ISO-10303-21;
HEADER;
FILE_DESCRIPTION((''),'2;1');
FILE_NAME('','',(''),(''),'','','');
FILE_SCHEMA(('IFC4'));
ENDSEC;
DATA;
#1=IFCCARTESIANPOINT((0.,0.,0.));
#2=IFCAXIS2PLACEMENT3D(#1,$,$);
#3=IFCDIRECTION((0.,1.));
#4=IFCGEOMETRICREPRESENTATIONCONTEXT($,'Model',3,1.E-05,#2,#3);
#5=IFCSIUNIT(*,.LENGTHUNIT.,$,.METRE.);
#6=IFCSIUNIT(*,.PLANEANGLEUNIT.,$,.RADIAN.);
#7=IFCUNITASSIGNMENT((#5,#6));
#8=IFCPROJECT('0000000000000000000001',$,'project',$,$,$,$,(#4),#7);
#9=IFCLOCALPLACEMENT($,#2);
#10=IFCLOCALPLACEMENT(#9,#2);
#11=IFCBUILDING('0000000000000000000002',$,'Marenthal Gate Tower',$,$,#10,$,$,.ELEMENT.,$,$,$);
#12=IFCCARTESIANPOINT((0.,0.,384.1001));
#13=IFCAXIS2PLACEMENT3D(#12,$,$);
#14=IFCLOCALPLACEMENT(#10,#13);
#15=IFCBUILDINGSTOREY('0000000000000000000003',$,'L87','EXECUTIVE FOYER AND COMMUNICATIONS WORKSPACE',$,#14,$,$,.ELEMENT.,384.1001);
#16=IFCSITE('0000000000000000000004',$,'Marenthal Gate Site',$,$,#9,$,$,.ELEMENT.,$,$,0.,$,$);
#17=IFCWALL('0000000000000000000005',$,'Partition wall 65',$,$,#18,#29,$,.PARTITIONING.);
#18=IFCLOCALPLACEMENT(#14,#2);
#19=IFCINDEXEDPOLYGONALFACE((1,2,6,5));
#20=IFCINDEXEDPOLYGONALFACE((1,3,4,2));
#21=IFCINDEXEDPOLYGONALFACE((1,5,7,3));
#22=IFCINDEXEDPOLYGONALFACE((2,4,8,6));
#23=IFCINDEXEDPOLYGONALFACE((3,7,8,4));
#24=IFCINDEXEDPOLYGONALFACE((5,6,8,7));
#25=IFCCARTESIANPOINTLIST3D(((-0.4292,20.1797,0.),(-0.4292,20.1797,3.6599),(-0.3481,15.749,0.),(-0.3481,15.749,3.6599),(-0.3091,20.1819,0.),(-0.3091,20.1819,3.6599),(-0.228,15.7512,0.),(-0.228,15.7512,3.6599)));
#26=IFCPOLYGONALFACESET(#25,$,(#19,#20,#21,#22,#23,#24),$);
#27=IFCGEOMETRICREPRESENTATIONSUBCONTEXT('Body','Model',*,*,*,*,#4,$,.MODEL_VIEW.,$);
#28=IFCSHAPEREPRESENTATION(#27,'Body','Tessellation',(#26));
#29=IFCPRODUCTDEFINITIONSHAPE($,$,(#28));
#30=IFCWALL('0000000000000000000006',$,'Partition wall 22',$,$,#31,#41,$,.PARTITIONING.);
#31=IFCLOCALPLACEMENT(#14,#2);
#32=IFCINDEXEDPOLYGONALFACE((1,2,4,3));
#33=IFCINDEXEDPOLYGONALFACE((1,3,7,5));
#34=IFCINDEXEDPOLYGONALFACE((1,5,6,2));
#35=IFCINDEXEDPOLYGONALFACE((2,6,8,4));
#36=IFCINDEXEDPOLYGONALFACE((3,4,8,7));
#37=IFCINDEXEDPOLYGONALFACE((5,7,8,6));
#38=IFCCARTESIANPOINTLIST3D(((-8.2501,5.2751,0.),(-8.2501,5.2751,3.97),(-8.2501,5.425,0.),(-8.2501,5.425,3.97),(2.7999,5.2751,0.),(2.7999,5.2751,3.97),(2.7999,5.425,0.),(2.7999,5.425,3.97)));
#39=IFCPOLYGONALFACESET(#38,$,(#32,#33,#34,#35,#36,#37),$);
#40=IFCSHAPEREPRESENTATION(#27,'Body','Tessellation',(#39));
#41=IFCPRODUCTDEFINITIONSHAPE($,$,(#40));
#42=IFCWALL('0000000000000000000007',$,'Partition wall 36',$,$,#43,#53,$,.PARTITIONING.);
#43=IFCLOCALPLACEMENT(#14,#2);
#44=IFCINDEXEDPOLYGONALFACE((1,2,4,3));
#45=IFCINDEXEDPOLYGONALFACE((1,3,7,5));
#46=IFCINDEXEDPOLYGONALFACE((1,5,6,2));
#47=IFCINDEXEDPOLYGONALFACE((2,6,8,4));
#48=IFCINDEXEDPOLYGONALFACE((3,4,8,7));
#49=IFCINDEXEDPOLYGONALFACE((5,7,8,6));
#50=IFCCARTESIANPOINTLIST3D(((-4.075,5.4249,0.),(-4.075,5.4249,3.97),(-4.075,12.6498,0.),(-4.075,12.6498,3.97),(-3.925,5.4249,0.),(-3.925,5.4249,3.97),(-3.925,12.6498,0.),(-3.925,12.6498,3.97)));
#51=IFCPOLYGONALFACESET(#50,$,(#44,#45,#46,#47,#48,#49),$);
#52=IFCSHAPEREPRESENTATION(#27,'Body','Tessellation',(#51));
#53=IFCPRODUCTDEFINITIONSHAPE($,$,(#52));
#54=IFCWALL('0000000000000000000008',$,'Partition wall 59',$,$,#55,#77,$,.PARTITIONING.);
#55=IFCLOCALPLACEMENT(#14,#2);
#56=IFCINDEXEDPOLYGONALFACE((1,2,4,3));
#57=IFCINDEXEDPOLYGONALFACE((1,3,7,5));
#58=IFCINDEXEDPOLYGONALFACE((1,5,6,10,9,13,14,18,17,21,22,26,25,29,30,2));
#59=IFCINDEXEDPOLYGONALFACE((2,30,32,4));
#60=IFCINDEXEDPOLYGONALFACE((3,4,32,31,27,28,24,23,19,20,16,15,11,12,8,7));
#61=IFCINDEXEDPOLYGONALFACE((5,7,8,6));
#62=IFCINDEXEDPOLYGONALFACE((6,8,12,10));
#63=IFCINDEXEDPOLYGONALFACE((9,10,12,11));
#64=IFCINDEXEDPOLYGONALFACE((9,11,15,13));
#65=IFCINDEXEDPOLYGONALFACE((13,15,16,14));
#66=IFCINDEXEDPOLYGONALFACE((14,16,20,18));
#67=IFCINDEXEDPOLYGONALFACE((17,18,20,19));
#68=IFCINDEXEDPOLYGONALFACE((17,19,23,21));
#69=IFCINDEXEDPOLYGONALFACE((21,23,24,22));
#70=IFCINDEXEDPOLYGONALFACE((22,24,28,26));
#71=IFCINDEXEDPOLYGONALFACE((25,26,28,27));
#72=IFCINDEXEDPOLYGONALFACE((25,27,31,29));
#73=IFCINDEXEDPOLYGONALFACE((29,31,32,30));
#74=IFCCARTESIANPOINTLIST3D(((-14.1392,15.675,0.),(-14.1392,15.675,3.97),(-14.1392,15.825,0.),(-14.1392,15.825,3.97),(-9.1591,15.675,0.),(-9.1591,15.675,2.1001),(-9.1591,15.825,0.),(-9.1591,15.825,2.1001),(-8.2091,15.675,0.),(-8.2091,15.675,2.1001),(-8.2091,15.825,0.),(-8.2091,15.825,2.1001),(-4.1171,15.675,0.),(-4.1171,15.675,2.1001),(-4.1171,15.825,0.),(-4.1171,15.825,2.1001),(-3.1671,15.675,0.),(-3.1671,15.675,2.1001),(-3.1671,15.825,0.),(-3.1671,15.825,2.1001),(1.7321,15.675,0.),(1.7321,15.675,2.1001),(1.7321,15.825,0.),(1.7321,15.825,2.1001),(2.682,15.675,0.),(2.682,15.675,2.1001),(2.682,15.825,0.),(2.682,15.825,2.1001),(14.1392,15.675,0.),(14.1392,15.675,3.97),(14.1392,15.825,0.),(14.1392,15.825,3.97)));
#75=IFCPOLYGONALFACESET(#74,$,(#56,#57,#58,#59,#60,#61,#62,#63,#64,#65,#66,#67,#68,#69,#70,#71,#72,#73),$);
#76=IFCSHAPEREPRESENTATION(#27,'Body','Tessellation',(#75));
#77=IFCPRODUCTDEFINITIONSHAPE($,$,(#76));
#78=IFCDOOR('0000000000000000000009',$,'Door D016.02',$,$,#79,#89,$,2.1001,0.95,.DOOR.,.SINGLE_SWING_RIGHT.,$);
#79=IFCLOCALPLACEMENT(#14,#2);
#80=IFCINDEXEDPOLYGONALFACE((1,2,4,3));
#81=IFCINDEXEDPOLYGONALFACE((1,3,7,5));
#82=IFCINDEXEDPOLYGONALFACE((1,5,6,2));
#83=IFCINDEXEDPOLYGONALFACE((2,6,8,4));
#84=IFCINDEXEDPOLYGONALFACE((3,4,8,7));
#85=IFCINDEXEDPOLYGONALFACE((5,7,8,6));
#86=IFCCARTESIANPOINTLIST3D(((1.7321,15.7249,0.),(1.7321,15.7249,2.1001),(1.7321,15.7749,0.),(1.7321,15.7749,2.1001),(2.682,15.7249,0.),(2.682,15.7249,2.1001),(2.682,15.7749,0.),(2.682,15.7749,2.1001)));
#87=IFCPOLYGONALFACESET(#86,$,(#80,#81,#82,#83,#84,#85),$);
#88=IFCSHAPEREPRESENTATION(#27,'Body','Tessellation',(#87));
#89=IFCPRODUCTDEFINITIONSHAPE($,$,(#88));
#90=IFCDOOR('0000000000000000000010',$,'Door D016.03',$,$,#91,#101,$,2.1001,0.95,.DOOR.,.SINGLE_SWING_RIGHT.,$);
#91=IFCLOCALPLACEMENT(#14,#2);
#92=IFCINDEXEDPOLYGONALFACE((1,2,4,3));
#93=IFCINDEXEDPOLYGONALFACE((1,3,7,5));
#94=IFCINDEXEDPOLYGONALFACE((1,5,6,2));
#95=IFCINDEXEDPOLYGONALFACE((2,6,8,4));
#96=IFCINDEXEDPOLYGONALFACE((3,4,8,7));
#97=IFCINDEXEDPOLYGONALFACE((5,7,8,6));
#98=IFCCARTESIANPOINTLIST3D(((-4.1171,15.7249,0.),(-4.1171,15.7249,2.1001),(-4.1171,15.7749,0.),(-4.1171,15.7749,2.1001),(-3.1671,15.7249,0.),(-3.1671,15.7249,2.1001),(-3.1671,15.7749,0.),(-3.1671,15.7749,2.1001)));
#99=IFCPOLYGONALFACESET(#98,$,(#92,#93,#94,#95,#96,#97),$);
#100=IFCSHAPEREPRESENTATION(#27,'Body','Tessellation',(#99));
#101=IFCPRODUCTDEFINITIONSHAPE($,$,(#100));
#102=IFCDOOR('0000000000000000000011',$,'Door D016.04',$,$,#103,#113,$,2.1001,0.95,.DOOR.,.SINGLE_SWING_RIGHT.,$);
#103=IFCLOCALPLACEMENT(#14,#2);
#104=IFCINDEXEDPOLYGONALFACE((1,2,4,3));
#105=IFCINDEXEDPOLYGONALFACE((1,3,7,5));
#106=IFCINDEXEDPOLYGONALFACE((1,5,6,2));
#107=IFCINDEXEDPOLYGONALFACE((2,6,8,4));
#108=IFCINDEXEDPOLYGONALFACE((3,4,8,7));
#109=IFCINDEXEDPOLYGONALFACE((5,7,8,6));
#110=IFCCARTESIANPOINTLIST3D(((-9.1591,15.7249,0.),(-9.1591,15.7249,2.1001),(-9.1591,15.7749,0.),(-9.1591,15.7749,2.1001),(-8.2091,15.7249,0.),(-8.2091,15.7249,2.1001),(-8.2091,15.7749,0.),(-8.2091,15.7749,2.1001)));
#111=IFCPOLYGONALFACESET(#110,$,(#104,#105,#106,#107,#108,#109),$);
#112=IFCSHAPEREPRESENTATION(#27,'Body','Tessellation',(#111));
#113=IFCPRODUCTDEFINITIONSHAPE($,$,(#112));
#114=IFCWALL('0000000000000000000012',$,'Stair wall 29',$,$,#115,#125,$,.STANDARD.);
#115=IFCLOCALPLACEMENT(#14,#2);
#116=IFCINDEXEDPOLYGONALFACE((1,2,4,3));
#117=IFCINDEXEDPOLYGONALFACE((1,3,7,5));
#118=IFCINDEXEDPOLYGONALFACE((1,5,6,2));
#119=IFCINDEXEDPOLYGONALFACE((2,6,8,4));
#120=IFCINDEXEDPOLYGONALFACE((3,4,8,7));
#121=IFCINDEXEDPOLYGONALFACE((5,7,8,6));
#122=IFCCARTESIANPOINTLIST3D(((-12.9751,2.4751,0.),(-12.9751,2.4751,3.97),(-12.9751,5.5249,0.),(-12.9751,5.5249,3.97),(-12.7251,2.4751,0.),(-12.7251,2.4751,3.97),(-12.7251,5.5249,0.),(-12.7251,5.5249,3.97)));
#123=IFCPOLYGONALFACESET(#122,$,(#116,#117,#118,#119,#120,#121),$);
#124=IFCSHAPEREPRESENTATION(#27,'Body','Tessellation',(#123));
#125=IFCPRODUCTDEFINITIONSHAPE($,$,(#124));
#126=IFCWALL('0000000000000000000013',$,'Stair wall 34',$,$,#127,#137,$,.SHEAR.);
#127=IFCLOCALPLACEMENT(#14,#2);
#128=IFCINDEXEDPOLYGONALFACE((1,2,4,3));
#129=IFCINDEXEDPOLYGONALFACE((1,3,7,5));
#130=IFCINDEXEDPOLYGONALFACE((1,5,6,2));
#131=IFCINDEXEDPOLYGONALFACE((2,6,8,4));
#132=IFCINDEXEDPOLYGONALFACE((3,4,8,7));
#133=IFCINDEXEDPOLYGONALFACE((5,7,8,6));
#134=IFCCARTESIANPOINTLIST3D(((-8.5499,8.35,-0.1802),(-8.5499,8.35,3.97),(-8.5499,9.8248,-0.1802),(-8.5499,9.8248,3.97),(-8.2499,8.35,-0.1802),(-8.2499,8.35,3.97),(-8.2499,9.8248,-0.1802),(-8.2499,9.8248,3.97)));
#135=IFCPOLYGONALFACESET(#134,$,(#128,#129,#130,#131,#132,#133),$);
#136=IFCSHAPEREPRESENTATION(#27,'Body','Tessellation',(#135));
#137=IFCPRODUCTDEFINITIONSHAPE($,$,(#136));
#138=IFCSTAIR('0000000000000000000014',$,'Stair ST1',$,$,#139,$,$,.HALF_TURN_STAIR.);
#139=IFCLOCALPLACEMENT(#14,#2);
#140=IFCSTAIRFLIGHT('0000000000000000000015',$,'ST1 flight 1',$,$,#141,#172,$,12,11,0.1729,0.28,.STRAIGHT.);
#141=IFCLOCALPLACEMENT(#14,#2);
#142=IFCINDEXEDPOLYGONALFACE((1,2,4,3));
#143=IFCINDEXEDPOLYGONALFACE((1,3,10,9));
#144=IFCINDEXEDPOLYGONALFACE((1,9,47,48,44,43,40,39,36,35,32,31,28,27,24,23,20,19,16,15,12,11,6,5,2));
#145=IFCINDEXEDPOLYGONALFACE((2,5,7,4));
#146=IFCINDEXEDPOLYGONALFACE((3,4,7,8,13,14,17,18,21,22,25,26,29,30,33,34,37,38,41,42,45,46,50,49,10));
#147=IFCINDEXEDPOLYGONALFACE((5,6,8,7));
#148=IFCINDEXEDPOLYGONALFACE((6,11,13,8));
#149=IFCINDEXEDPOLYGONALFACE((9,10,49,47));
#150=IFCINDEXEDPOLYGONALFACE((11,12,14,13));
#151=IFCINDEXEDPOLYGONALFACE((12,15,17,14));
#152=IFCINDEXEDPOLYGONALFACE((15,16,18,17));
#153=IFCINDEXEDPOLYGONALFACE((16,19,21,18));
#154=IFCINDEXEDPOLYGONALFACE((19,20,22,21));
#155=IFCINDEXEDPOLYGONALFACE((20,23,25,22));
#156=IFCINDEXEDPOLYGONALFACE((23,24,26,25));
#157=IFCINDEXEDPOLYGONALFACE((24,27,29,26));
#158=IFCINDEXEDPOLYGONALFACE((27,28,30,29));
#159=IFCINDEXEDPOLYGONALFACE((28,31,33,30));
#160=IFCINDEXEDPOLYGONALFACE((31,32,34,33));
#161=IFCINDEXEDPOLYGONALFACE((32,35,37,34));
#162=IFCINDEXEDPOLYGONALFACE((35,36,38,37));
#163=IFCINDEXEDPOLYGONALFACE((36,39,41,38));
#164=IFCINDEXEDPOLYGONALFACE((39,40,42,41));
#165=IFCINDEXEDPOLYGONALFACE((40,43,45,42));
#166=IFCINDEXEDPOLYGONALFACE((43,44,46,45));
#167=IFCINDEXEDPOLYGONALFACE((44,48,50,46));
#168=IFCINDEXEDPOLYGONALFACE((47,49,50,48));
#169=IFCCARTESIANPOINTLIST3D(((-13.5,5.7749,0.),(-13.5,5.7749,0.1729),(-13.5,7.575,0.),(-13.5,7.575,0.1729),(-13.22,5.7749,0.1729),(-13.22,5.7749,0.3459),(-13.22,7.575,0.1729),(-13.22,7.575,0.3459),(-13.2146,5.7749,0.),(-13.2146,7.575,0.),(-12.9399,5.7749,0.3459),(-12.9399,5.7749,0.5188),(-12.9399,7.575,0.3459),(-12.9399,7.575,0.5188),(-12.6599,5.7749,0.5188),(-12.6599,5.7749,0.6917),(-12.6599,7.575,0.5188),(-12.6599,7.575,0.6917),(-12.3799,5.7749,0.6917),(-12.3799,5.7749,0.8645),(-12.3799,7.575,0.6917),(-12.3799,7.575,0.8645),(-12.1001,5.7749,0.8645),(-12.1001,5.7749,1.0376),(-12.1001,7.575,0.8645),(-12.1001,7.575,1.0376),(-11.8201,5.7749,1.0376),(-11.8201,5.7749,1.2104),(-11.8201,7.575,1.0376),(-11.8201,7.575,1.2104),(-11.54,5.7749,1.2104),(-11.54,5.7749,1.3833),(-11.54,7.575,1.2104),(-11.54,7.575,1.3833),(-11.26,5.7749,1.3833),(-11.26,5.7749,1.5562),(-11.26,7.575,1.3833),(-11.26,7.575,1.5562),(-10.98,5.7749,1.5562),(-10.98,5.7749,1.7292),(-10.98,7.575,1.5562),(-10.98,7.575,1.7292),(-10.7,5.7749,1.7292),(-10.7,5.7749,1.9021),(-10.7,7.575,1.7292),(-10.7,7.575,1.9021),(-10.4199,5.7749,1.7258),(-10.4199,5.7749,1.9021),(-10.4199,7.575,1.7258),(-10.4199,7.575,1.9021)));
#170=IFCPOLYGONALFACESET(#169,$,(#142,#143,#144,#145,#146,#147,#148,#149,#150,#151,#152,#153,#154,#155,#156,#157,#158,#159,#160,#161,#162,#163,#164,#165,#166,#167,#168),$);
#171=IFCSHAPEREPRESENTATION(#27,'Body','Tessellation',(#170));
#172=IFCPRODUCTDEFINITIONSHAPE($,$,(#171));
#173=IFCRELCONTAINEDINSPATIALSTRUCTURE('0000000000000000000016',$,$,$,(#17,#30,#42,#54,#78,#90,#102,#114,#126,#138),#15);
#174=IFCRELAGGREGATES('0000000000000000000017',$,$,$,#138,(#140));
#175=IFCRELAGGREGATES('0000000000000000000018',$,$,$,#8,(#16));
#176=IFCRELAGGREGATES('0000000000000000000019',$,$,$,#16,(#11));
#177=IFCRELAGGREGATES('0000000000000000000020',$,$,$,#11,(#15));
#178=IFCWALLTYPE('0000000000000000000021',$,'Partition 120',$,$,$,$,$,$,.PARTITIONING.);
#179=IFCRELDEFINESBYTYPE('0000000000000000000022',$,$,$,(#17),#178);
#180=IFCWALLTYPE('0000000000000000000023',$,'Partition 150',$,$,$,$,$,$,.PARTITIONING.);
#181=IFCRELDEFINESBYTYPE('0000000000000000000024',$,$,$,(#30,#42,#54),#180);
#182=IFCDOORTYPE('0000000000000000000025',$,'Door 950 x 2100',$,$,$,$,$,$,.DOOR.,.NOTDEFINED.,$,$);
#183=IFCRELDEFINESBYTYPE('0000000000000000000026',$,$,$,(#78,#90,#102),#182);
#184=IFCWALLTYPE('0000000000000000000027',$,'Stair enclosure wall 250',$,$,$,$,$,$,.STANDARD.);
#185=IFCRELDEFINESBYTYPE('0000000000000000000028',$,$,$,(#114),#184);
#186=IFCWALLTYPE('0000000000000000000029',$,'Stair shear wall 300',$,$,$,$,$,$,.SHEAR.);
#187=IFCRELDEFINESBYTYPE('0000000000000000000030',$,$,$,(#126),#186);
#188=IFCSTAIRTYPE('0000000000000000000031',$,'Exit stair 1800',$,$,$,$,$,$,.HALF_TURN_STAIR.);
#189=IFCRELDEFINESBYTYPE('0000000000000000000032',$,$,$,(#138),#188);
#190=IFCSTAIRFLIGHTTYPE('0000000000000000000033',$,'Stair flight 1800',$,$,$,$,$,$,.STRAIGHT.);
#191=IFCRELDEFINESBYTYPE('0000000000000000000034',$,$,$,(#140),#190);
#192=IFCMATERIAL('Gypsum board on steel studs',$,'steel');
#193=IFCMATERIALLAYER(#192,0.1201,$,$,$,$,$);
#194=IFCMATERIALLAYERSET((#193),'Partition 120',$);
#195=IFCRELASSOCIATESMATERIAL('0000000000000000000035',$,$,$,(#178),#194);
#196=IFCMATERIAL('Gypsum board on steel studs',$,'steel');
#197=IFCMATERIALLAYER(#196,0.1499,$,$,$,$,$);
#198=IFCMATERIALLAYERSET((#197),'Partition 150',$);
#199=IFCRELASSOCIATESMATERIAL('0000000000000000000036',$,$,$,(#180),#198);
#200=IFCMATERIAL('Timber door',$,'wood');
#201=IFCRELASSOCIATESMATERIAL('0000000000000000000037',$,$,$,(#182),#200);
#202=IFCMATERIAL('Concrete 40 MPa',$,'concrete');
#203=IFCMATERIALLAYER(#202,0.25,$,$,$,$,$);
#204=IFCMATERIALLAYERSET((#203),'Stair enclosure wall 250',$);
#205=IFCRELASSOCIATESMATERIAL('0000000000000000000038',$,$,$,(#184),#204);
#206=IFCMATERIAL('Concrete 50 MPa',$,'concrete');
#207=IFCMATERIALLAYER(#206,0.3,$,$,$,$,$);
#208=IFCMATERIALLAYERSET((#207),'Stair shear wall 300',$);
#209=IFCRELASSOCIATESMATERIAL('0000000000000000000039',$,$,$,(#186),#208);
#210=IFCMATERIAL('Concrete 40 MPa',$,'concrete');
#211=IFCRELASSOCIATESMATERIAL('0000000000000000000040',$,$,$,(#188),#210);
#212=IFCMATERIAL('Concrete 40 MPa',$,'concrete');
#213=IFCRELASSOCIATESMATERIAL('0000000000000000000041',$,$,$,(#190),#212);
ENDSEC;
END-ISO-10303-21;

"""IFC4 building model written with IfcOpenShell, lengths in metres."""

from ifc_helpers import new_model, si_unit, direction, frame, frame_2d, origin, place, context, subcontext, project, spatial, polyline, rectangle, outline, extrude, material, layer, layer_set, type_object, element, fill, aggregate, save


model = new_model("IFC4")

# Units and contexts
model_context = context("Model", 3, precision=1e-05, world=origin(), true_north=direction((0.0, 1.0)))
body_context = subcontext(model_context, "Body", "Model", "MODEL_VIEW")
ifc_project = project(units=[si_unit("LENGTHUNIT", "METRE"), si_unit("PLANEANGLEUNIT", "RADIAN")], contexts=[model_context])

# Site, building, storey
site_placement = place(None, origin())
site = spatial("IfcSite", under=ifc_project, at=site_placement, Name="Marenthal Gate Site", CompositionType="ELEMENT", RefElevation=0.0)
building_placement = place(site_placement, origin())
building = spatial("IfcBuilding", under=site, at=building_placement, Name="Marenthal Gate Tower", CompositionType="ELEMENT")
storey_placement = place(building_placement, frame((0.0, 0.0, 384.1001)))
storey = spatial("IfcBuildingStorey", under=building, at=storey_placement, Name="L87", Description="EXECUTIVE FOYER AND COMMUNICATIONS WORKSPACE", CompositionType="ELEMENT", Elevation=384.1001)

# Walls
ifc_material_1 = material(Name="Gypsum board on steel studs", Category="steel")
ifc_layer_1 = layer(ifc_material_1, 0.1201)
ifc_layer_set_1 = layer_set([ifc_layer_1], Name="Partition 120")
wall_type_1 = type_object("IfcWallType", Name="Partition 120", PredefinedType="PARTITIONING", material=ifc_layer_set_1)
wall_1_placement = place(storey_placement, frame((-0.2881, 15.75, 0.0), z_axis=(0.0, 0.0, 1.0), x_axis=(-0.018291, 0.999833, 0.0)))
element("IfcWall", 1, at=wall_1_placement, inside=storey, type_object=wall_type_1, Name="Partition wall 65", PredefinedType="PARTITIONING", context=body_context, shape_type="SweptSolid", body=[
    extrude(rectangle(XDim=4.4314, YDim=0.1201, at=frame_2d((2.2158, 0.0))), origin(), (0.0, 0.0, 1.0), 3.6599),
])
ifc_material_2 = material(Name="Gypsum board on steel studs", Category="steel")
ifc_layer_2 = layer(ifc_material_2, 0.1499)
ifc_layer_set_2 = layer_set([ifc_layer_2], Name="Partition 150")
wall_type_2 = type_object("IfcWallType", Name="Partition 150", PredefinedType="PARTITIONING", material=ifc_layer_set_2)
wall_2_placement = place(storey_placement, frame((-8.25, 5.3501, 0.0), z_axis=(0.0, 0.0, 1.0), x_axis=(1.0, 0.0, 0.0)))
element("IfcWall", 2, at=wall_2_placement, inside=storey, type_object=wall_type_2, Name="Partition wall 22", PredefinedType="PARTITIONING", context=body_context, shape_type="SweptSolid", body=[
    extrude(rectangle(XDim=11.05, YDim=0.1499, at=frame_2d((5.5249, 0.0))), origin(), (0.0, 0.0, 1.0), 3.97),
])
wall_3_placement = place(storey_placement, frame((-4.0, 5.425, 0.0), z_axis=(0.0, 0.0, 1.0), x_axis=(0.0, 1.0, 0.0)))
element("IfcWall", 3, at=wall_3_placement, inside=storey, type_object=wall_type_2, Name="Partition wall 36", PredefinedType="PARTITIONING", context=body_context, shape_type="SweptSolid", body=[
    extrude(rectangle(XDim=7.2249, YDim=0.1499, at=frame_2d((3.6123, 0.0))), origin(), (0.0, 0.0, 1.0), 3.97),
])

# Wall, openings, doors
wall_4_placement = place(storey_placement, frame((-14.1392, 15.75, 0.0), z_axis=(0.0, 0.0, 1.0), x_axis=(1.0, 0.0, 0.0)))
wall_4 = element("IfcWall", 4, at=wall_4_placement, inside=storey, type_object=wall_type_2, Name="Partition wall 59", PredefinedType="PARTITIONING", context=body_context, shape_type="SweptSolid", body=[
    extrude(rectangle(XDim=28.2783, YDim=0.1499, at=frame_2d((14.1392, 0.0))), origin(), (0.0, 0.0, 1.0), 3.97),
])
opening_1_placement = place(wall_4_placement, frame((15.8711, 0.0, 0.0)))
opening_1 = element("IfcOpeningElement", 5, at=opening_1_placement, cuts=wall_4, PredefinedType="OPENING", context=body_context, shape_type="SweptSolid", body=[
    extrude(rectangle(XDim=0.95, YDim=2.1001, at=frame_2d((0.4751, 1.05))), frame((0.0, 0.085, 0.0), z_axis=(0.0, -1.0, 0.0), x_axis=(1.0, 0.0, 0.0)), (0.0, 0.0, 1.0), 0.1699),
])
opening_2_placement = place(wall_4_placement, frame((10.022, 0.0, 0.0)))
opening_2 = element("IfcOpeningElement", 6, at=opening_2_placement, cuts=wall_4, PredefinedType="OPENING", context=body_context, shape_type="SweptSolid", body=[
    extrude(rectangle(XDim=0.95, YDim=2.1001, at=frame_2d((0.4751, 1.05))), frame((0.0, 0.085, 0.0), z_axis=(0.0, -1.0, 0.0), x_axis=(1.0, 0.0, 0.0)), (0.0, 0.0, 1.0), 0.1699),
])
opening_3_placement = place(wall_4_placement, frame((4.98, 0.0, 0.0)))
opening_3 = element("IfcOpeningElement", 7, at=opening_3_placement, cuts=wall_4, PredefinedType="OPENING", context=body_context, shape_type="SweptSolid", body=[
    extrude(rectangle(XDim=0.95, YDim=2.1001, at=frame_2d((0.4751, 1.05))), frame((0.0, 0.085, 0.0), z_axis=(0.0, -1.0, 0.0), x_axis=(1.0, 0.0, 0.0)), (0.0, 0.0, 1.0), 0.1699),
])
ifc_material_3 = material(Name="Timber door", Category="wood")
door_type_1 = type_object("IfcDoorType", Name="Door 950 x 2100", OperationType="NOTDEFINED", PredefinedType="DOOR", material=ifc_material_3)
door_1_placement = place(opening_1_placement, origin())
door_1 = element("IfcDoor", 8, at=door_1_placement, inside=storey, type_object=door_type_1, Name="Door D016.02", OperationType="SINGLE_SWING_RIGHT", OverallHeight=2.1001, OverallWidth=0.95, PredefinedType="DOOR", context=body_context, shape_type="SweptSolid", body=[
    extrude(rectangle(XDim=0.95, YDim=2.1001, at=frame_2d((0.4751, 1.05))), frame((0.0, 0.0249, 0.0), z_axis=(0.0, -1.0, 0.0), x_axis=(1.0, 0.0, 0.0)), (0.0, 0.0, 1.0), 0.05),
])
fill(opening_1, door_1)
door_2_placement = place(opening_2_placement, origin())
door_2 = element("IfcDoor", 9, at=door_2_placement, inside=storey, type_object=door_type_1, Name="Door D016.03", OperationType="SINGLE_SWING_RIGHT", OverallHeight=2.1001, OverallWidth=0.95, PredefinedType="DOOR", context=body_context, shape_type="SweptSolid", body=[
    extrude(rectangle(XDim=0.95, YDim=2.1001, at=frame_2d((0.4751, 1.05))), frame((0.0, 0.0249, 0.0), z_axis=(0.0, -1.0, 0.0), x_axis=(1.0, 0.0, 0.0)), (0.0, 0.0, 1.0), 0.05),
])
fill(opening_2, door_2)
door_3_placement = place(opening_3_placement, origin())
door_3 = element("IfcDoor", 10, at=door_3_placement, inside=storey, type_object=door_type_1, Name="Door D016.04", OperationType="SINGLE_SWING_RIGHT", OverallHeight=2.1001, OverallWidth=0.95, PredefinedType="DOOR", context=body_context, shape_type="SweptSolid", body=[
    extrude(rectangle(XDim=0.95, YDim=2.1001, at=frame_2d((0.4751, 1.05))), frame((0.0, 0.0249, 0.0), z_axis=(0.0, -1.0, 0.0), x_axis=(1.0, 0.0, 0.0)), (0.0, 0.0, 1.0), 0.05),
])
fill(opening_3, door_3)

# Walls
ifc_material_4 = material(Name="Concrete 40 MPa", Category="concrete")
ifc_layer_3 = layer(ifc_material_4, 0.25)
ifc_layer_set_3 = layer_set([ifc_layer_3], Name="Stair enclosure wall 250")
wall_type_3 = type_object("IfcWallType", Name="Stair enclosure wall 250", PredefinedType="STANDARD", material=ifc_layer_set_3)
wall_5_placement = place(storey_placement, frame((-12.8501, 2.4751, 0.0), z_axis=(0.0, 0.0, 1.0), x_axis=(0.0, 1.0, 0.0)))
element("IfcWall", 11, at=wall_5_placement, inside=storey, type_object=wall_type_3, Name="Stair wall 29", PredefinedType="STANDARD", context=body_context, shape_type="SweptSolid", body=[
    extrude(rectangle(XDim=3.0498, YDim=0.25, at=frame_2d((1.5249, 0.0))), origin(), (0.0, 0.0, 1.0), 3.97),
])
ifc_material_5 = material(Name="Concrete 50 MPa", Category="concrete")
ifc_layer_4 = layer(ifc_material_5, 0.3)
ifc_layer_set_4 = layer_set([ifc_layer_4], Name="Stair shear wall 300")
wall_type_4 = type_object("IfcWallType", Name="Stair shear wall 300", PredefinedType="SHEAR", material=ifc_layer_set_4)
wall_6_placement = place(storey_placement, frame((-8.3999, 8.3501, -0.1802), z_axis=(0.0, 0.0, 1.0), x_axis=(0.0, 1.0, 0.0)))
element("IfcWall", 12, at=wall_6_placement, inside=storey, type_object=wall_type_4, Name="Stair wall 34", PredefinedType="SHEAR", context=body_context, shape_type="SweptSolid", body=[
    extrude(rectangle(XDim=1.4749, YDim=0.3, at=frame_2d((0.7373, 0.0))), origin(), (0.0, 0.0, 1.0), 4.1501),
])

# Stair, stair flight
ifc_material_6 = material(Name="Concrete 40 MPa", Category="concrete")
stair_type = type_object("IfcStairType", Name="Exit stair 1800", PredefinedType="HALF_TURN_STAIR", material=ifc_material_6)
stair_placement = place(storey_placement, origin())
stair = element("IfcStair", 13, at=stair_placement, inside=storey, type_object=stair_type, Name="Stair ST1", PredefinedType="HALF_TURN_STAIR")
ifc_material_7 = material(Name="Concrete 40 MPa", Category="concrete")
stair_flight_type = type_object("IfcStairFlightType", Name="Stair flight 1800", PredefinedType="STRAIGHT", material=ifc_material_7)
stair_flight_1_placement = place(storey_placement, frame((-13.5, 6.675, 0.0), z_axis=(0.0, 0.0, 1.0), x_axis=(1.0, 0.0, 0.0)))
stair_flight_1 = element("IfcStairFlight", 14, at=stair_flight_1_placement, type_object=stair_flight_type, Name="ST1 flight 1", NumberOfRisers=12, NumberOfTreads=11, PredefinedType="STRAIGHT", RiserHeight=0.1729, TreadLength=0.28, context=body_context, shape_type="SweptSolid", body=[
    extrude(outline(polyline([(0.0, 0.0), (0.0, 0.1729), (0.28, 0.1729), (0.28, 0.3459), (0.5601, 0.3459), (0.5601, 0.5188), (0.8401, 0.5188), (0.8401, 0.6917), (1.1201, 0.6917), (1.1201, 0.8645), (1.3999, 0.8645), (1.3999, 1.0376), (1.6799, 1.0376), (1.6799, 1.2104), (1.96, 1.2104), (1.96, 1.3833), (2.24, 1.3833), (2.24, 1.5562), (2.52, 1.5562), (2.52, 1.7292), (2.8, 1.7292), (2.8, 1.9021), (3.0801, 1.9021), (3.0801, 2.075), (3.0801, 1.7258), (0.2854, 0.0), (0.0, 0.0)])), frame((0.0, 0.8999, 0.0), z_axis=(0.0, -1.0, 0.0), x_axis=(1.0, 0.0, 0.0)), (0.0, 0.0, 1.0), 1.8),
])
aggregate(stair, [stair_flight_1])

save(model, "model.ifc")
